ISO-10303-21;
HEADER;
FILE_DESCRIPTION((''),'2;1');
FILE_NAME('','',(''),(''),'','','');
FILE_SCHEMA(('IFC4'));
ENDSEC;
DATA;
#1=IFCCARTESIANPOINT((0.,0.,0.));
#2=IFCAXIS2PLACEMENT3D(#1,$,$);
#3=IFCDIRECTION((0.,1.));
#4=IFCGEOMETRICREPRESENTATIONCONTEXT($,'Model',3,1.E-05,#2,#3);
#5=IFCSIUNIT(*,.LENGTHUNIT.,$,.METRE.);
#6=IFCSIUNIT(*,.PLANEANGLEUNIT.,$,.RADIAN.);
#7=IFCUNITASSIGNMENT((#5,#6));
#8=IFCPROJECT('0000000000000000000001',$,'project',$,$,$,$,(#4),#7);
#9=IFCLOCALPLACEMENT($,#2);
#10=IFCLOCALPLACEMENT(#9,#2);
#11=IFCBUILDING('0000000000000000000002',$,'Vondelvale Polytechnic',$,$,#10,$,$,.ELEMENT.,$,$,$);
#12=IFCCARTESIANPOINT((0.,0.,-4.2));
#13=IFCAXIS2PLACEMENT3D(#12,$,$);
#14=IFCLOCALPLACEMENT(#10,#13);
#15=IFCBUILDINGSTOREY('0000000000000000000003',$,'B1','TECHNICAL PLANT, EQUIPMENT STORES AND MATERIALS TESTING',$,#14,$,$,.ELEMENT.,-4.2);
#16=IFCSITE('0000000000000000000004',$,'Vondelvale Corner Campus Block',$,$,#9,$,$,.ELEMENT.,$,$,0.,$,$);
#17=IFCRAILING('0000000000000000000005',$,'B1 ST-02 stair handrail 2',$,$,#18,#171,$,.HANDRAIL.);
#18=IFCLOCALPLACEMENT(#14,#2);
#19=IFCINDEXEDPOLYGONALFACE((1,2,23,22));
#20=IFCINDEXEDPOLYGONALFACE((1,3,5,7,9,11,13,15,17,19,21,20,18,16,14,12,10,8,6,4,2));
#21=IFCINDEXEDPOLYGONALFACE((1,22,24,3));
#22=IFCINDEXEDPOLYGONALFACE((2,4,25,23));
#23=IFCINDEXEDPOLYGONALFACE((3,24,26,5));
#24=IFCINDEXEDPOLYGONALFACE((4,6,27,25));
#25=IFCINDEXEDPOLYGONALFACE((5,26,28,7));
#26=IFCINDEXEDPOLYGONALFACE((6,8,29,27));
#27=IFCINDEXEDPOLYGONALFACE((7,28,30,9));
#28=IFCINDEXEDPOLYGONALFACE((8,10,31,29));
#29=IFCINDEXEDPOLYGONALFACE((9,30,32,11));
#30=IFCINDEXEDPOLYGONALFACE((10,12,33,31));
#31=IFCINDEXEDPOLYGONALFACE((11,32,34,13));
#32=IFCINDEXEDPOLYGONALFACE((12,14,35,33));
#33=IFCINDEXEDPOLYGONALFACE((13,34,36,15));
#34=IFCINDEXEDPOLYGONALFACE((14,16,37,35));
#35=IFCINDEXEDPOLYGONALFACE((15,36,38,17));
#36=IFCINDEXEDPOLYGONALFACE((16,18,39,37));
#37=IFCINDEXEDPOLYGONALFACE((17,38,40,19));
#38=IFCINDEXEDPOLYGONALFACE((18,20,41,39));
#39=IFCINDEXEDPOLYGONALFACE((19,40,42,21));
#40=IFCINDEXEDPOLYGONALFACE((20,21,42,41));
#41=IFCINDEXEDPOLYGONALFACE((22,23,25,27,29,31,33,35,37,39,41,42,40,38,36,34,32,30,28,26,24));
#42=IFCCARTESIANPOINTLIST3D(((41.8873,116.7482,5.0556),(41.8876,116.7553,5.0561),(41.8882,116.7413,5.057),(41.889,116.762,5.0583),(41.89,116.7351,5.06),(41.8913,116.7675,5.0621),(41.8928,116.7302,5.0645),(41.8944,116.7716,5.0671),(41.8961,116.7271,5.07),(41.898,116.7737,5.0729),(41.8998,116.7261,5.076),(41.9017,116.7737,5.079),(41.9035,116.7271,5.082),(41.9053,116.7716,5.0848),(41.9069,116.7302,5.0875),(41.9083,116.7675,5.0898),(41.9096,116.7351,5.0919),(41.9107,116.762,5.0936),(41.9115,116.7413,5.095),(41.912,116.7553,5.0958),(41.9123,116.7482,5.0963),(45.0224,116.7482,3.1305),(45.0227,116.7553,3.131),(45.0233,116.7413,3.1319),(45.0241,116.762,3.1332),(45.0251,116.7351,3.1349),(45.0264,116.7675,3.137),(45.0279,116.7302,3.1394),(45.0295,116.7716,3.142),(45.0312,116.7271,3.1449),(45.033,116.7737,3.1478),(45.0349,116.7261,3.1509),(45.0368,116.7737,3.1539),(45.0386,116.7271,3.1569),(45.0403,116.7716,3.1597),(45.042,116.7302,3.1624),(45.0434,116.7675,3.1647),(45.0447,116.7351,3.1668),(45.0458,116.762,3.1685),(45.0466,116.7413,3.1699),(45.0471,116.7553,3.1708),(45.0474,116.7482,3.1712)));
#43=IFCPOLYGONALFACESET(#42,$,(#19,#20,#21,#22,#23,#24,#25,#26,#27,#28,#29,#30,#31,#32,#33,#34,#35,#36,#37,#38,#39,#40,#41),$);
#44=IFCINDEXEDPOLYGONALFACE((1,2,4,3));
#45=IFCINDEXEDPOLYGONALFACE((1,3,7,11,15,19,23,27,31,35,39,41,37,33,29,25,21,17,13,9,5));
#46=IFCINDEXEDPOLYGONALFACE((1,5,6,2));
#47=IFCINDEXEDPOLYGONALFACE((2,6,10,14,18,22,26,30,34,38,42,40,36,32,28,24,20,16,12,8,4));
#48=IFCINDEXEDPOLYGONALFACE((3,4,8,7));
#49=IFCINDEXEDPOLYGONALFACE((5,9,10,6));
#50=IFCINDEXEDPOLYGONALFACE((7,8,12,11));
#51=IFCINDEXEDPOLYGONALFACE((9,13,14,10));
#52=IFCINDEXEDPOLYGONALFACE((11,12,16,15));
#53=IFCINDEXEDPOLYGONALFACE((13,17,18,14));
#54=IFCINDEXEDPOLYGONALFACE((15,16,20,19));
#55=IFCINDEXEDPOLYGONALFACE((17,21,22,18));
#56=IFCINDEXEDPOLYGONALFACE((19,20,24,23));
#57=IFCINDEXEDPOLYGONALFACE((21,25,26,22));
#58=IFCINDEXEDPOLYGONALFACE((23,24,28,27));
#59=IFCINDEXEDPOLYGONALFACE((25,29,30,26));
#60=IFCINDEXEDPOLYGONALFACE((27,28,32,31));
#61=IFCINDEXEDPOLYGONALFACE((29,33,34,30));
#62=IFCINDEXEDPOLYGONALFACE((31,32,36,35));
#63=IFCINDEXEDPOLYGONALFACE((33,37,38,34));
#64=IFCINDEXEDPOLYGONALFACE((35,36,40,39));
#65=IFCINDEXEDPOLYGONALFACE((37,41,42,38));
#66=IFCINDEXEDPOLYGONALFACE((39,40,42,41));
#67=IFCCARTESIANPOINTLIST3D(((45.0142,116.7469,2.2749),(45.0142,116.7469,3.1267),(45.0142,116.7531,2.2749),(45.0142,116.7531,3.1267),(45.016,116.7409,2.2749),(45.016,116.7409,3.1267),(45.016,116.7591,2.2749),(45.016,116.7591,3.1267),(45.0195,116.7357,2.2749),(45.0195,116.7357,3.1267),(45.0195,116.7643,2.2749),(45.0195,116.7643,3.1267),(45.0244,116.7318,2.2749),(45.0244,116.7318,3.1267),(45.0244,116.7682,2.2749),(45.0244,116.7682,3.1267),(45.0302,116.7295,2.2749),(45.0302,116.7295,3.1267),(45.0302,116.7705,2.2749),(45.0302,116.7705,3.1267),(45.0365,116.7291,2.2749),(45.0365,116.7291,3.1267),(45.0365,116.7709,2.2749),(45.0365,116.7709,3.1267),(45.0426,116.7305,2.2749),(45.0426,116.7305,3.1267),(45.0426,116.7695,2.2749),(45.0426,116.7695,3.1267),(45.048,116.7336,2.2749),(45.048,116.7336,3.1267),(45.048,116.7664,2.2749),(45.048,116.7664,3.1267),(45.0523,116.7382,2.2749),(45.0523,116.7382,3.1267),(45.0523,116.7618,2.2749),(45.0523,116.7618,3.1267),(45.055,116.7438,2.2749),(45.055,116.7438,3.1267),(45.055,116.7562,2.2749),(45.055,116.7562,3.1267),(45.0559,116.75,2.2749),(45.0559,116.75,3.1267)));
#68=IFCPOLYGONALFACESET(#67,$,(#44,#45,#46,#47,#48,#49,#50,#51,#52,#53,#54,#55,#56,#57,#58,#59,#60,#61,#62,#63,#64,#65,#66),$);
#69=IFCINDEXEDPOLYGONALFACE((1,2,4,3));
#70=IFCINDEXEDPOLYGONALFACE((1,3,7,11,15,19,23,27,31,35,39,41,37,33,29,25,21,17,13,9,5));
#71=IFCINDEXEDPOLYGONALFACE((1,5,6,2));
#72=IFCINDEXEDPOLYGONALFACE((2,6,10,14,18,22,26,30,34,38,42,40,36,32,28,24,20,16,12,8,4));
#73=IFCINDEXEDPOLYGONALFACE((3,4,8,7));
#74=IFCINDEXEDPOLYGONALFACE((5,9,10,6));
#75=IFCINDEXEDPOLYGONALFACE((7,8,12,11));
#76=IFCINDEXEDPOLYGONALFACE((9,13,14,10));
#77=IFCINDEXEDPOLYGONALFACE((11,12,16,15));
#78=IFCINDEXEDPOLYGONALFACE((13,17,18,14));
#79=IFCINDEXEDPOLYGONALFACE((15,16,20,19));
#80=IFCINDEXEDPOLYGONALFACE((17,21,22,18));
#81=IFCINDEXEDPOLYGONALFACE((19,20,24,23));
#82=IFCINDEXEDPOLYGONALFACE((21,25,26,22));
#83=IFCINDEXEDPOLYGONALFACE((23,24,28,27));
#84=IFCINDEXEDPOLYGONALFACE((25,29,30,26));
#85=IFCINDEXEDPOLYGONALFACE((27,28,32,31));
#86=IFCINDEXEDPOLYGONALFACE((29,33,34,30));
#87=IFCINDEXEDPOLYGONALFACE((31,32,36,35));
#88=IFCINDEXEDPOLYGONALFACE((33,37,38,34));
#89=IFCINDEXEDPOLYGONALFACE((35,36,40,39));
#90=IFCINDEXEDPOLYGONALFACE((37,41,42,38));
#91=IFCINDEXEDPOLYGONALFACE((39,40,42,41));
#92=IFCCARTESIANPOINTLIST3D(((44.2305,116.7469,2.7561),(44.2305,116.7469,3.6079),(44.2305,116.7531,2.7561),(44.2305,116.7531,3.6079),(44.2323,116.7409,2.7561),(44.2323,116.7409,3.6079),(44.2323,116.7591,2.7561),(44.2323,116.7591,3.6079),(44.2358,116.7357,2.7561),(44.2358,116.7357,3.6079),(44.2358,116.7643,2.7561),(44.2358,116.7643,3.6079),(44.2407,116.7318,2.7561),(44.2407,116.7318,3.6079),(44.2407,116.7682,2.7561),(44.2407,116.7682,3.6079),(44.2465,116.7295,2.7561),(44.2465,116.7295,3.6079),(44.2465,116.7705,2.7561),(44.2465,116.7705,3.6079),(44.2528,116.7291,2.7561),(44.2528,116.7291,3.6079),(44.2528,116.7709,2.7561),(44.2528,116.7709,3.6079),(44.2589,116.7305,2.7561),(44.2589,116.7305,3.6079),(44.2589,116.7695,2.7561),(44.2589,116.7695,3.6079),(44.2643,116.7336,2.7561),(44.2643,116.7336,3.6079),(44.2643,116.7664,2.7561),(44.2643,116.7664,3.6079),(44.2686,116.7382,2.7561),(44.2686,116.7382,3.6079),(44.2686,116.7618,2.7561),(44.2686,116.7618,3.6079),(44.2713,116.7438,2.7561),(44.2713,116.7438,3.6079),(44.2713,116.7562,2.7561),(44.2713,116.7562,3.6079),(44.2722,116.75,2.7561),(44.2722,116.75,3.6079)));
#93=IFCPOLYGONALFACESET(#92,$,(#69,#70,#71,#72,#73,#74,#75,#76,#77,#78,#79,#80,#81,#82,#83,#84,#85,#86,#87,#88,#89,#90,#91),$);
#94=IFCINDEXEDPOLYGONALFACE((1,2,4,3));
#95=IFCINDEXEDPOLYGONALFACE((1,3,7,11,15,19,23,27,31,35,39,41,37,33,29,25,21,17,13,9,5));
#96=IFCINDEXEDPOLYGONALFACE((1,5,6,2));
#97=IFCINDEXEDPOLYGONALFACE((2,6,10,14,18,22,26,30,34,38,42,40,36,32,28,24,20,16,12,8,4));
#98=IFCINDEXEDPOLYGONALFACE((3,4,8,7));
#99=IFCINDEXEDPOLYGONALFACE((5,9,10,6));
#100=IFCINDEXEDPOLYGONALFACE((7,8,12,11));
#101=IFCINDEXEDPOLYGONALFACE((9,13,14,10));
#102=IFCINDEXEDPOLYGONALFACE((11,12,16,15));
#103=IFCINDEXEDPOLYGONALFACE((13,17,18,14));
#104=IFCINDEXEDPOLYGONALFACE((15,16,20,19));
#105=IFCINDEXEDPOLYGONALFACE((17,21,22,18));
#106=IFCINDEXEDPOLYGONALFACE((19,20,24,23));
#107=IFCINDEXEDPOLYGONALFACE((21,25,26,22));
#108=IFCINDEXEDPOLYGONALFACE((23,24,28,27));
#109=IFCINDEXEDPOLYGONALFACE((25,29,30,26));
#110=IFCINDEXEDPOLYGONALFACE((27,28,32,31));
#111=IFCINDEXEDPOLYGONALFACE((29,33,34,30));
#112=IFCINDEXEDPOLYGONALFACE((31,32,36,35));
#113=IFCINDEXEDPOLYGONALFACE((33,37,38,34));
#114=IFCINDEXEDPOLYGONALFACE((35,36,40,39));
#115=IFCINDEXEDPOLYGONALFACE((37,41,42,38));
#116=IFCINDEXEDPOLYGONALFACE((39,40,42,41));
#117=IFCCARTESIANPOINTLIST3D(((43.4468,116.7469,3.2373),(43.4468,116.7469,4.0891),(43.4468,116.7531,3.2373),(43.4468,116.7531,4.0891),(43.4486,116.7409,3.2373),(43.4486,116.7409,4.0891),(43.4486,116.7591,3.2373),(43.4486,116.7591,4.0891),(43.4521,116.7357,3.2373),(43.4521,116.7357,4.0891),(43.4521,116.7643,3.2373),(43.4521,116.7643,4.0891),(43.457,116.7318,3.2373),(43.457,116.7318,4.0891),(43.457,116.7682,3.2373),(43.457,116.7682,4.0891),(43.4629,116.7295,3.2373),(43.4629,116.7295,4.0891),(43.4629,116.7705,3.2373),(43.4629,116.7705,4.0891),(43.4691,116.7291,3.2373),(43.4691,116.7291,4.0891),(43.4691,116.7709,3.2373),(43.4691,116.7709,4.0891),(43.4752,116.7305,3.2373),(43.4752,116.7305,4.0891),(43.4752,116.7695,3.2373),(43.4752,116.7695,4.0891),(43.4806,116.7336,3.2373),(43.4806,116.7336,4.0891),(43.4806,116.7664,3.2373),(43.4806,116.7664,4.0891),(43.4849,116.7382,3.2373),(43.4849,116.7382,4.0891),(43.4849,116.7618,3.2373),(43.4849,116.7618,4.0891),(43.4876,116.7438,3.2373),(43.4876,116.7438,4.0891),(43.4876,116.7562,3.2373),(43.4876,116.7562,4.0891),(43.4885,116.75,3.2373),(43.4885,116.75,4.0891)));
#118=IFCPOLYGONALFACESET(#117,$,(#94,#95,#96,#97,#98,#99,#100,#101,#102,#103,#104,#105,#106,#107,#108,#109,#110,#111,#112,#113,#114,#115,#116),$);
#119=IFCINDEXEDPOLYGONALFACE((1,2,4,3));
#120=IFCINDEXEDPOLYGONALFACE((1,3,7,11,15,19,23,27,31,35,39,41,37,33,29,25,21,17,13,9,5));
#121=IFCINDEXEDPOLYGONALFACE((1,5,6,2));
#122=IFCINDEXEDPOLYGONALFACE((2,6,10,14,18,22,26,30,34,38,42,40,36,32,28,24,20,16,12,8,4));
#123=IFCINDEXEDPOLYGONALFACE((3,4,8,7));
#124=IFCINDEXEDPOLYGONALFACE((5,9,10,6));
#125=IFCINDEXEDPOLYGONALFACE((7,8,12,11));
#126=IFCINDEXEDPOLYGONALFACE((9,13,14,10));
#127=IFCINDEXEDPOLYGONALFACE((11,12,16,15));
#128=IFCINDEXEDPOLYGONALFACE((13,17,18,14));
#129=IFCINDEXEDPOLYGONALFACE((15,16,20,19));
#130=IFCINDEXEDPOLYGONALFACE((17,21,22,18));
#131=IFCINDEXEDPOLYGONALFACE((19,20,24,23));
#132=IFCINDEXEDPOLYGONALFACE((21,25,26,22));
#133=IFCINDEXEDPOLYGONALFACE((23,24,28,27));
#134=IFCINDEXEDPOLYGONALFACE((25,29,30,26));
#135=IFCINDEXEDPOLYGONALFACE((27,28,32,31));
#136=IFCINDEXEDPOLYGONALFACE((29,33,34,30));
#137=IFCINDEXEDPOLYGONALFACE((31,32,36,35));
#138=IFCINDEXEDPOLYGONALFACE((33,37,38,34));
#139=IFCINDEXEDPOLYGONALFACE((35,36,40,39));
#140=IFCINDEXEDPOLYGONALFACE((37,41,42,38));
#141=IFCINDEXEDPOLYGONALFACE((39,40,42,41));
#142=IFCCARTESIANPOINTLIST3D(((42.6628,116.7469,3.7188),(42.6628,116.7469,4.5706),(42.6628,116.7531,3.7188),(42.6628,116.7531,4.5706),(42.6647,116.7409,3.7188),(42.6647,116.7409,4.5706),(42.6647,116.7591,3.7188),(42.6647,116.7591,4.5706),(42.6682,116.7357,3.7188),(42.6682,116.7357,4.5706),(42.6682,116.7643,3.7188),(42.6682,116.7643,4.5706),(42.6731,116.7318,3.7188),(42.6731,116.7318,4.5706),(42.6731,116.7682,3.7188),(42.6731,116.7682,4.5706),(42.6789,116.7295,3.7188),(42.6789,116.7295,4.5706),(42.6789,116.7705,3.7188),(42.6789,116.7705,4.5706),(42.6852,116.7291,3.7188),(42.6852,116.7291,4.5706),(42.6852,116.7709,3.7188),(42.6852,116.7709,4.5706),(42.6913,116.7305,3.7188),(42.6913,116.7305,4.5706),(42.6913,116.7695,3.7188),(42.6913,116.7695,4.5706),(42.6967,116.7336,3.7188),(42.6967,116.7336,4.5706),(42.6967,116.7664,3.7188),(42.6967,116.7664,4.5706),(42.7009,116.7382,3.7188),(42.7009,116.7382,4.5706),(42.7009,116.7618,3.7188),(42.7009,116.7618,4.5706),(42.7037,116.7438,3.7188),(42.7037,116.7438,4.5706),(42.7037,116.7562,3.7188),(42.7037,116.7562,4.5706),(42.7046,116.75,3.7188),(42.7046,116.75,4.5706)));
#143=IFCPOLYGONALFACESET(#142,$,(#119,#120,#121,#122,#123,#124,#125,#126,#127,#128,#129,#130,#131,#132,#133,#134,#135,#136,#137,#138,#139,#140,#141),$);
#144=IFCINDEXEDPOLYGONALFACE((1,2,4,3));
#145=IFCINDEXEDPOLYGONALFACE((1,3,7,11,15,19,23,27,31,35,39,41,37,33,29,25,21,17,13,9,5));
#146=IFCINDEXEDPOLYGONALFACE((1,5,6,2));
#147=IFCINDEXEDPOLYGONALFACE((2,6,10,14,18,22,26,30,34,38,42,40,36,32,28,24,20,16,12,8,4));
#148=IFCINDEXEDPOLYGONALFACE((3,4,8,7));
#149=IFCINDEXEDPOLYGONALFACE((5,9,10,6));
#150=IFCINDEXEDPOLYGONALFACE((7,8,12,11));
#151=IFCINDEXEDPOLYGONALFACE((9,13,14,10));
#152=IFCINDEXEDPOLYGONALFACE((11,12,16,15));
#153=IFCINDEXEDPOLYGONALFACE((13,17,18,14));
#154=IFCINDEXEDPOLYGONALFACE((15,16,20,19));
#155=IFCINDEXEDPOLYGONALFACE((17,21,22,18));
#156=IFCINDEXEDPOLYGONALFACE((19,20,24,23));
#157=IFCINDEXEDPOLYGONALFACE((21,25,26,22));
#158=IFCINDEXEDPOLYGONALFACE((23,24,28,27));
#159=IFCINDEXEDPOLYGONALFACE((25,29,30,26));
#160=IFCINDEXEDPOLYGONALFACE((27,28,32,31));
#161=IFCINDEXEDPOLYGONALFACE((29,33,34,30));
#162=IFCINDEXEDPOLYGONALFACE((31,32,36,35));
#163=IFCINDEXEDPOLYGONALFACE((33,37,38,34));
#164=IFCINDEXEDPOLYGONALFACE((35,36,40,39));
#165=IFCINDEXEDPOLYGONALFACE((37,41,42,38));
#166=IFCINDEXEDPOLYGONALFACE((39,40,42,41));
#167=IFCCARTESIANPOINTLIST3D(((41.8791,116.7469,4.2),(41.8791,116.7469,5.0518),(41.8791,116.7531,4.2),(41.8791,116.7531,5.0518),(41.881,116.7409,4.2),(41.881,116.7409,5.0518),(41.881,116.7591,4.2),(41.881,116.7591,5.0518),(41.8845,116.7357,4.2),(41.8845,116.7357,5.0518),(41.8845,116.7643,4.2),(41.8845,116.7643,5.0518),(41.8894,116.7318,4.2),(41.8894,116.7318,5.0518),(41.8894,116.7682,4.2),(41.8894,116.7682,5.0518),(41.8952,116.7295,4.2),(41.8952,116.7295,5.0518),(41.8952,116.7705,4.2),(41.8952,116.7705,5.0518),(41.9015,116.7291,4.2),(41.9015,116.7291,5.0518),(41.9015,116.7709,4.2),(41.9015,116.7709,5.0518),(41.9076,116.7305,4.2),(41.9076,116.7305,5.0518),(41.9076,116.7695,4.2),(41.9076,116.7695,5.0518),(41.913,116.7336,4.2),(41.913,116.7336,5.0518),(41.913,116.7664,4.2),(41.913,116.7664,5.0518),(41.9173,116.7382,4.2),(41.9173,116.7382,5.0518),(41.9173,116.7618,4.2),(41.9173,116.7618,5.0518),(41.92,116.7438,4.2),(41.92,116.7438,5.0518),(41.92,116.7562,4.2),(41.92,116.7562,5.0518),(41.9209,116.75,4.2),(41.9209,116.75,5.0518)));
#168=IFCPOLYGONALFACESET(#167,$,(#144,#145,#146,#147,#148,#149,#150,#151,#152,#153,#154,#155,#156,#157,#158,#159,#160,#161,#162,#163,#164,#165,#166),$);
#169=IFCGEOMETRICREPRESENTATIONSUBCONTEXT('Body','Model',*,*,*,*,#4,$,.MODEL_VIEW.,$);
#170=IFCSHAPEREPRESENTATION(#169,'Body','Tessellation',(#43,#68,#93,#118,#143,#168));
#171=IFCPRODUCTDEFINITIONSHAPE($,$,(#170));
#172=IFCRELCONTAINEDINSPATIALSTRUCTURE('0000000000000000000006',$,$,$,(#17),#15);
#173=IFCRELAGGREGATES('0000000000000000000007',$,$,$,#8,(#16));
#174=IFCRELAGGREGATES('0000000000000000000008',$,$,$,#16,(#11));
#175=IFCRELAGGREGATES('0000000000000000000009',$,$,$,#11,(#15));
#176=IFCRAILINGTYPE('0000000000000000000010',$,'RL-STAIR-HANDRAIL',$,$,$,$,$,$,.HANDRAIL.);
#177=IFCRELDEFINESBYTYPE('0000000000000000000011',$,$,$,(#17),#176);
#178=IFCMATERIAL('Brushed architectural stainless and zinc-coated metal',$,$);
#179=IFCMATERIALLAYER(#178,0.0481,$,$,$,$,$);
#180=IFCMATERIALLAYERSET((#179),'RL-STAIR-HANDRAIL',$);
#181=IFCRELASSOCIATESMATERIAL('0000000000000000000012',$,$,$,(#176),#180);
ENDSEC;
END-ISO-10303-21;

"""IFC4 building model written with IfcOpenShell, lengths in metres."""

from ifc_helpers import new_model, si_unit, direction, frame, origin, origin_2d, place, context, subcontext, project, spatial, circle, extrude, material, layer, layer_set, type_object, element, save


model = new_model("IFC4")

# Units and contexts
model_context = context("Model", 3, precision=1e-05, world=origin(), true_north=direction((0.0, 1.0)))
body_context = subcontext(model_context, "Body", "Model", "MODEL_VIEW")
ifc_project = project(units=[si_unit("LENGTHUNIT", "METRE"), si_unit("PLANEANGLEUNIT", "RADIAN")], contexts=[model_context])

# Site, building, storey
site_placement = place(None, origin())
site = spatial("IfcSite", under=ifc_project, at=site_placement, Name="Vondelvale Corner Campus Block", CompositionType="ELEMENT", RefElevation=0.0)
building_placement = place(site_placement, origin())
building = spatial("IfcBuilding", under=site, at=building_placement, Name="Vondelvale Polytechnic", CompositionType="ELEMENT")
storey_placement = place(building_placement, frame((0.0, 0.0, -4.2)))
storey = spatial("IfcBuildingStorey", under=building, at=storey_placement, Name="B1", Description="TECHNICAL PLANT, EQUIPMENT STORES AND MATERIALS TESTING", CompositionType="ELEMENT", Elevation=-4.2)

# Shared definitions
ifc_material_1 = material(Name="Brushed architectural stainless and zinc-coated metal")

# Railing
ifc_layer_1 = layer(ifc_material_1, 0.0481)
ifc_layer_set_1 = layer_set([ifc_layer_1], Name="RL-STAIR-HANDRAIL")
railing_type_1 = type_object("IfcRailingType", Name="RL-STAIR-HANDRAIL", PredefinedType="HANDRAIL", material=ifc_layer_set_1)
railing_1_placement = place(storey_placement, frame((45.0349, 116.75, 2.2749)))
element("IfcRailing", 1, at=railing_1_placement, inside=storey, type_object=railing_type_1, Name="B1 ST-02 stair handrail 2", PredefinedType="HANDRAIL", context=body_context, shape_type="SweptSolid", body=[
    extrude(circle(Radius=0.0239, at=origin_2d()), frame((0.0, 0.0, 0.876), z_axis=(-0.852166, 0.0, 0.523271), x_axis=(0.0, -1.0, 0.0)), (0.0, 0.0, 1.0), 3.679),
    extrude(circle(Radius=0.021, at=origin_2d()), origin(), (0.0, 0.0, 1.0), 0.8518),
    extrude(circle(Radius=0.021, at=origin_2d()), frame((-0.7837, 0.0, 0.4812)), (0.0, 0.0, 1.0), 0.8518),
    extrude(circle(Radius=0.021, at=origin_2d()), frame((-1.5674, 0.0, 0.9624)), (0.0, 0.0, 1.0), 0.8518),
    extrude(circle(Radius=0.021, at=origin_2d()), frame((-2.3513, 0.0, 1.4438)), (0.0, 0.0, 1.0), 0.8518),
    extrude(circle(Radius=0.021, at=origin_2d()), frame((-3.135, 0.0, 1.925)), (0.0, 0.0, 1.0), 0.8518),
])

save(model, "model.ifc")
